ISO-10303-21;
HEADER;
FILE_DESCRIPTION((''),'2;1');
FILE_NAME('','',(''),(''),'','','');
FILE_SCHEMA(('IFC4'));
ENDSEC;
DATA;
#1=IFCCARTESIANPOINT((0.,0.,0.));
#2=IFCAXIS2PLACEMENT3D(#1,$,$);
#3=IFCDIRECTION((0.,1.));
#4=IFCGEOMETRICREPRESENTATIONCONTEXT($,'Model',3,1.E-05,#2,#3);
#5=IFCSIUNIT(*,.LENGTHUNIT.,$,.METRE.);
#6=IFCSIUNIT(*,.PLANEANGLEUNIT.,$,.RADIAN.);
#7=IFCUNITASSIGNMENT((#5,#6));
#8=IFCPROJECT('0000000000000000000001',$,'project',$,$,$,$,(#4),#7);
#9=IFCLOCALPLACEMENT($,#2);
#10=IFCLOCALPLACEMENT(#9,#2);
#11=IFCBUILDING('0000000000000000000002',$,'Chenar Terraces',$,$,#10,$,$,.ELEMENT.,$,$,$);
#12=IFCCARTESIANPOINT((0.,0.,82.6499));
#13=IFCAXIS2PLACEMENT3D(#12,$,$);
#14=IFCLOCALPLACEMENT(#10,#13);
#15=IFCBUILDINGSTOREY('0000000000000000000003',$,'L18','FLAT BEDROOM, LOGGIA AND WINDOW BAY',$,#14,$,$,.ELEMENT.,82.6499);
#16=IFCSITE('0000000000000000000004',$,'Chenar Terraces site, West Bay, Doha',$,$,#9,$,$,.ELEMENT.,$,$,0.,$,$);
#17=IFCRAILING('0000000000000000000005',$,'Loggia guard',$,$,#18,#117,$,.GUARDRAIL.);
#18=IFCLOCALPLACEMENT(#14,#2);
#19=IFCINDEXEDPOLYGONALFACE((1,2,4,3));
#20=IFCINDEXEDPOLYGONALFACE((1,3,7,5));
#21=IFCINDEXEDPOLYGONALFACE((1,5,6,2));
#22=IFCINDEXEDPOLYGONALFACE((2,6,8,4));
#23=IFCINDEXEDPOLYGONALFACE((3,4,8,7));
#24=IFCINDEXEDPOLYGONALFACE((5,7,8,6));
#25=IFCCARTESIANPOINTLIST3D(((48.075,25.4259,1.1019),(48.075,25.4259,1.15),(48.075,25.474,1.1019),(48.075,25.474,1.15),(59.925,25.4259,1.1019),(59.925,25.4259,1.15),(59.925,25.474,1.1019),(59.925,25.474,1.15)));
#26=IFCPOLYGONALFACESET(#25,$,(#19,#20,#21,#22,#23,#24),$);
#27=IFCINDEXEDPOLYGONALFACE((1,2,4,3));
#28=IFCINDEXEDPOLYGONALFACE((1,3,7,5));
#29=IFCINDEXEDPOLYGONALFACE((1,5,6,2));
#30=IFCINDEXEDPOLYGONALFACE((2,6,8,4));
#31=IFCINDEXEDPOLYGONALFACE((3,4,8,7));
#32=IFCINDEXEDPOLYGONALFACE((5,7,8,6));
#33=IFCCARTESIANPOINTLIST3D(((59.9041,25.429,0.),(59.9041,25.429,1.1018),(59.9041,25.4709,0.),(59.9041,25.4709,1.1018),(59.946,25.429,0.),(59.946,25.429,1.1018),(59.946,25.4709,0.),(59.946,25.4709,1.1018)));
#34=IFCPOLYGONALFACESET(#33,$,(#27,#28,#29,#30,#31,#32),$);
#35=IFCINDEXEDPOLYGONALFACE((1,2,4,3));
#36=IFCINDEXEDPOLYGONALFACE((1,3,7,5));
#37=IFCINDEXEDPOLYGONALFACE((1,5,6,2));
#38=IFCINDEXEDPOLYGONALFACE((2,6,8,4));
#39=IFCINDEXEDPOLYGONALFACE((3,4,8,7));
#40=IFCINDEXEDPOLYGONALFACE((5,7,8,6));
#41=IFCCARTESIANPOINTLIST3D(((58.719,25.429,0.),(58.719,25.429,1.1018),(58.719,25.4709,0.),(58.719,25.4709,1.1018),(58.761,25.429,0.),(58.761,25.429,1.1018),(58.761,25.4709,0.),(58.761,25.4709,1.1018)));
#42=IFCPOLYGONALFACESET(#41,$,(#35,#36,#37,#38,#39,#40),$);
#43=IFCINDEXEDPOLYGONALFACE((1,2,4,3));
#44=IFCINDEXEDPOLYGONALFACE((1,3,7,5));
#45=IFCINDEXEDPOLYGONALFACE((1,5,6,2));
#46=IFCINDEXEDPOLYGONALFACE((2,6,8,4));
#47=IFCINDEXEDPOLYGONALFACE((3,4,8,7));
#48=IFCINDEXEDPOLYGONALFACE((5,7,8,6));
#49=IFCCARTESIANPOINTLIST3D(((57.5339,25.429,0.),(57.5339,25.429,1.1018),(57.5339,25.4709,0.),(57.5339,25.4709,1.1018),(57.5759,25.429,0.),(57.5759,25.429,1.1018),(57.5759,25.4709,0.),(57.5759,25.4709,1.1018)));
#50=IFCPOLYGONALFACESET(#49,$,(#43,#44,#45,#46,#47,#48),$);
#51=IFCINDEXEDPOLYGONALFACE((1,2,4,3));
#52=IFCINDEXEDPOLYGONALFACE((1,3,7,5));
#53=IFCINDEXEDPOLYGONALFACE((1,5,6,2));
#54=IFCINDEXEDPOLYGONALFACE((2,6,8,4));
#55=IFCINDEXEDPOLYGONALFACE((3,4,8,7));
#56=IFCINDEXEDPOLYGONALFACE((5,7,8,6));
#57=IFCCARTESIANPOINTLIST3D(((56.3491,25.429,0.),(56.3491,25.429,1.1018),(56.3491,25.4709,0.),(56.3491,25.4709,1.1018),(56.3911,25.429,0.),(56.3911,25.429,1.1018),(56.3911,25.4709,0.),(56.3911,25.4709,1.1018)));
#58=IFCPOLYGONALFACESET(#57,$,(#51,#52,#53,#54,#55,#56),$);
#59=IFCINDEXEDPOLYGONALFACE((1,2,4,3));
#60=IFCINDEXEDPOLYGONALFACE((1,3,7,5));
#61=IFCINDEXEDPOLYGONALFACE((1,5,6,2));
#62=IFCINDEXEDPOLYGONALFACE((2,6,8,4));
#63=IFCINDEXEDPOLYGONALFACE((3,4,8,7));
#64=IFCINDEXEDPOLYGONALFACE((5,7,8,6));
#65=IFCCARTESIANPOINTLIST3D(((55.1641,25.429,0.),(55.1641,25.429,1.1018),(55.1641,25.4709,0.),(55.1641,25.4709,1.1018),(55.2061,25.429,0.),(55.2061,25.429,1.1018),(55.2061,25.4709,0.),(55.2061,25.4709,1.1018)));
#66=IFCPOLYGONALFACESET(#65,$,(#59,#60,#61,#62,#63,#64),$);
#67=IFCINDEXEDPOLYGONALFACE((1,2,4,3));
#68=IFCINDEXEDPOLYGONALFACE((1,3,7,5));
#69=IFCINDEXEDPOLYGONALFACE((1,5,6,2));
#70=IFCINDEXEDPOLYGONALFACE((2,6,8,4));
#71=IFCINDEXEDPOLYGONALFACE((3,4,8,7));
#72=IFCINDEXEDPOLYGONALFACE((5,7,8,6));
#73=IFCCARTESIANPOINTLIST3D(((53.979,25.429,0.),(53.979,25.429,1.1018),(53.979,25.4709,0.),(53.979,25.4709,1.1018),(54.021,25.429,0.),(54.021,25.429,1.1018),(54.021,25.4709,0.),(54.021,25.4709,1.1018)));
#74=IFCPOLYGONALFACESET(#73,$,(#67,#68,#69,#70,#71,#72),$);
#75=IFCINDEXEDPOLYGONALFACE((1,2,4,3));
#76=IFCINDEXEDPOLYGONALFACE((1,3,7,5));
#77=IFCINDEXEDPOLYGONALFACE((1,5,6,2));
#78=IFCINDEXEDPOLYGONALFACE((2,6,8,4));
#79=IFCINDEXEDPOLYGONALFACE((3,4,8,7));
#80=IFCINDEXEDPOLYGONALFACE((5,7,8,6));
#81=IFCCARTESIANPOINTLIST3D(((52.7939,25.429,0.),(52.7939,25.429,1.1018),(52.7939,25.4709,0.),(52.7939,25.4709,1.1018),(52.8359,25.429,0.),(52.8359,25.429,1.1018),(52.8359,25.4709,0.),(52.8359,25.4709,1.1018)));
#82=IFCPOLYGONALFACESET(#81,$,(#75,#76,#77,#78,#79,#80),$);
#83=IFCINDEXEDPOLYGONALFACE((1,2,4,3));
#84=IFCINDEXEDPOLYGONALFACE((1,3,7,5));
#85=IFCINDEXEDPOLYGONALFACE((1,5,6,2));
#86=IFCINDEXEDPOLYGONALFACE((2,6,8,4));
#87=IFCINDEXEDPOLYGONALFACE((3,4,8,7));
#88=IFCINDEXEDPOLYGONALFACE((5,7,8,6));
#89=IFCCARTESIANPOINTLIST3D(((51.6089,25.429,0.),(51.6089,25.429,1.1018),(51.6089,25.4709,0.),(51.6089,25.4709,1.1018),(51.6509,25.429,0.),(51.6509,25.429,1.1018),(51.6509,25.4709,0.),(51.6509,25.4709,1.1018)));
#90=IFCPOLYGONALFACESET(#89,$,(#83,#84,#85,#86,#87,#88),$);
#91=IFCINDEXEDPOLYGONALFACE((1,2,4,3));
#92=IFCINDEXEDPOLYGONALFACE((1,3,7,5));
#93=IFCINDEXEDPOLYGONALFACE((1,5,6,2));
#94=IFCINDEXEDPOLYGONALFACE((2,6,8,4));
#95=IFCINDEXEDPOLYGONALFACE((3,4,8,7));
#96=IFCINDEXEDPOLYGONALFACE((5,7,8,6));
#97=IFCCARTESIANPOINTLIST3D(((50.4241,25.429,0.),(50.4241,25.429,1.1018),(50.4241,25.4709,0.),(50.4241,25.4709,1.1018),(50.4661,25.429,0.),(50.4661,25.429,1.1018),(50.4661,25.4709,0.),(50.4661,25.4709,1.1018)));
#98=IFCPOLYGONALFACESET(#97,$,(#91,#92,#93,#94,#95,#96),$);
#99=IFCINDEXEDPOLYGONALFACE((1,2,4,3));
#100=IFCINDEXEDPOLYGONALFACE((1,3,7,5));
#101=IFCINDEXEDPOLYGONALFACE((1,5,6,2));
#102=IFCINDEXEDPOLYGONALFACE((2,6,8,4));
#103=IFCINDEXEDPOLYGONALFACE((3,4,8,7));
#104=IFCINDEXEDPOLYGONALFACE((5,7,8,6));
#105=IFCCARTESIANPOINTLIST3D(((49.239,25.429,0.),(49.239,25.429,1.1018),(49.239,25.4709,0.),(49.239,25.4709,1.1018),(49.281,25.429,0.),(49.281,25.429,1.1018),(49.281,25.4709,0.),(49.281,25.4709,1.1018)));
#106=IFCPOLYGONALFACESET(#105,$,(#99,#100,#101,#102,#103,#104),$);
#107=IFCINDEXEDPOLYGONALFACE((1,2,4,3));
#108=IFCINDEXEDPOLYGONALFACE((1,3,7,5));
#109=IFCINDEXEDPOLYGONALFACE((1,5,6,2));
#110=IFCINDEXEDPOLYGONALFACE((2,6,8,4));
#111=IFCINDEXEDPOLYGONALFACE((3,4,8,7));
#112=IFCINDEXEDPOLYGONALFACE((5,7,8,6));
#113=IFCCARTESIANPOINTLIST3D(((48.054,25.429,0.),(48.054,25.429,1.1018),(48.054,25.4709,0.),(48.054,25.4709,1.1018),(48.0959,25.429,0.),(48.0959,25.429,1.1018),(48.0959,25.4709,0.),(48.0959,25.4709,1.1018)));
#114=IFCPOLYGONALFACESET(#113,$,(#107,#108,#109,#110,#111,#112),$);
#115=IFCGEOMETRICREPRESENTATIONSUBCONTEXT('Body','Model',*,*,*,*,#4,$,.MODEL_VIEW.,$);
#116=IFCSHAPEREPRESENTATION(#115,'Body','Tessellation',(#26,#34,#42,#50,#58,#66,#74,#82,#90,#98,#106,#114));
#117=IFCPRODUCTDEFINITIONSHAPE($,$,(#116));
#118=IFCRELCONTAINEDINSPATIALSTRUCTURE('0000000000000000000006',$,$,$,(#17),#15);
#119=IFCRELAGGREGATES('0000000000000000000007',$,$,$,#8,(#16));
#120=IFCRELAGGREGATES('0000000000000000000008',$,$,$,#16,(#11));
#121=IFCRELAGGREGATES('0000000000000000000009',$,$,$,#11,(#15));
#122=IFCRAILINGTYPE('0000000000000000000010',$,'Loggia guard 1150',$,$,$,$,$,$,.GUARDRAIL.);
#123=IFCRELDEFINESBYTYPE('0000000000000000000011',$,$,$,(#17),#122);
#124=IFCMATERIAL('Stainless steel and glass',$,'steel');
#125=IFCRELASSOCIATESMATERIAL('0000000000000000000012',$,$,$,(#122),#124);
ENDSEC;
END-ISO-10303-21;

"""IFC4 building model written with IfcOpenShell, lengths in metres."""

from ifc_helpers import new_model, si_unit, direction, frame, origin, origin_2d, place, context, subcontext, project, spatial, rectangle, extrude, material, type_object, element, save


model = new_model("IFC4")

# Units and contexts
model_context = context("Model", 3, precision=1e-05, world=origin(), true_north=direction((0.0, 1.0)))
body_context = subcontext(model_context, "Body", "Model", "MODEL_VIEW")
ifc_project = project(units=[si_unit("LENGTHUNIT", "METRE"), si_unit("PLANEANGLEUNIT", "RADIAN")], contexts=[model_context])

# Site, building, storey
site_placement = place(None, origin())
site = spatial("IfcSite", under=ifc_project, at=site_placement, Name="Chenar Terraces site, West Bay, Doha", CompositionType="ELEMENT", RefElevation=0.0)
building_placement = place(site_placement, origin())
building = spatial("IfcBuilding", under=site, at=building_placement, Name="Chenar Terraces", CompositionType="ELEMENT")
storey_placement = place(building_placement, frame((0.0, 0.0, 82.6499)))
storey = spatial("IfcBuildingStorey", under=building, at=storey_placement, Name="L18", Description="FLAT BEDROOM, LOGGIA AND WINDOW BAY", CompositionType="ELEMENT", Elevation=82.6499)

# Railing
ifc_material_1 = material(Name="Stainless steel and glass", Category="steel")
railing_type = type_object("IfcRailingType", Name="Loggia guard 1150", PredefinedType="GUARDRAIL", material=ifc_material_1)
railing_placement = place(storey_placement, frame((59.925, 25.45, 0.0)))
element("IfcRailing", 1, at=railing_placement, inside=storey, type_object=railing_type, Name="Loggia guard", PredefinedType="GUARDRAIL", context=body_context, shape_type="SweptSolid", body=[
    extrude(rectangle(XDim=0.0481, YDim=0.0481, at=origin_2d()), frame((0.0, 0.0, 1.126), z_axis=(-1.0, 0.0, 0.0), x_axis=(0.0, -1.0, 0.0)), (0.0, 0.0, 1.0), 11.8501),
    extrude(rectangle(XDim=0.042, YDim=0.042, at=origin_2d()), origin(), (0.0, 0.0, 1.0), 1.1018),
    extrude(rectangle(XDim=0.042, YDim=0.042, at=origin_2d()), frame((-1.1851, 0.0, 0.0)), (0.0, 0.0, 1.0), 1.1018),
    extrude(rectangle(XDim=0.042, YDim=0.042, at=origin_2d()), frame((-2.3701, 0.0, 0.0)), (0.0, 0.0, 1.0), 1.1018),
    extrude(rectangle(XDim=0.042, YDim=0.042, at=origin_2d()), frame((-3.5549, 0.0, 0.0)), (0.0, 0.0, 1.0), 1.1018),
    extrude(rectangle(XDim=0.042, YDim=0.042, at=origin_2d()), frame((-4.74, 0.0, 0.0)), (0.0, 0.0, 1.0), 1.1018),
    extrude(rectangle(XDim=0.042, YDim=0.042, at=origin_2d()), frame((-5.925, 0.0, 0.0)), (0.0, 0.0, 1.0), 1.1018),
    extrude(rectangle(XDim=0.042, YDim=0.042, at=origin_2d()), frame((-7.1101, 0.0, 0.0)), (0.0, 0.0, 1.0), 1.1018),
    extrude(rectangle(XDim=0.042, YDim=0.042, at=origin_2d()), frame((-8.2952, 0.0, 0.0)), (0.0, 0.0, 1.0), 1.1018),
    extrude(rectangle(XDim=0.042, YDim=0.042, at=origin_2d()), frame((-9.48, 0.0, 0.0)), (0.0, 0.0, 1.0), 1.1018),
    extrude(rectangle(XDim=0.042, YDim=0.042, at=origin_2d()), frame((-10.665, 0.0, 0.0)), (0.0, 0.0, 1.0), 1.1018),
    extrude(rectangle(XDim=0.042, YDim=0.042, at=origin_2d()), frame((-11.8501, 0.0, 0.0)), (0.0, 0.0, 1.0), 1.1018),
])

save(model, "model.ifc")
